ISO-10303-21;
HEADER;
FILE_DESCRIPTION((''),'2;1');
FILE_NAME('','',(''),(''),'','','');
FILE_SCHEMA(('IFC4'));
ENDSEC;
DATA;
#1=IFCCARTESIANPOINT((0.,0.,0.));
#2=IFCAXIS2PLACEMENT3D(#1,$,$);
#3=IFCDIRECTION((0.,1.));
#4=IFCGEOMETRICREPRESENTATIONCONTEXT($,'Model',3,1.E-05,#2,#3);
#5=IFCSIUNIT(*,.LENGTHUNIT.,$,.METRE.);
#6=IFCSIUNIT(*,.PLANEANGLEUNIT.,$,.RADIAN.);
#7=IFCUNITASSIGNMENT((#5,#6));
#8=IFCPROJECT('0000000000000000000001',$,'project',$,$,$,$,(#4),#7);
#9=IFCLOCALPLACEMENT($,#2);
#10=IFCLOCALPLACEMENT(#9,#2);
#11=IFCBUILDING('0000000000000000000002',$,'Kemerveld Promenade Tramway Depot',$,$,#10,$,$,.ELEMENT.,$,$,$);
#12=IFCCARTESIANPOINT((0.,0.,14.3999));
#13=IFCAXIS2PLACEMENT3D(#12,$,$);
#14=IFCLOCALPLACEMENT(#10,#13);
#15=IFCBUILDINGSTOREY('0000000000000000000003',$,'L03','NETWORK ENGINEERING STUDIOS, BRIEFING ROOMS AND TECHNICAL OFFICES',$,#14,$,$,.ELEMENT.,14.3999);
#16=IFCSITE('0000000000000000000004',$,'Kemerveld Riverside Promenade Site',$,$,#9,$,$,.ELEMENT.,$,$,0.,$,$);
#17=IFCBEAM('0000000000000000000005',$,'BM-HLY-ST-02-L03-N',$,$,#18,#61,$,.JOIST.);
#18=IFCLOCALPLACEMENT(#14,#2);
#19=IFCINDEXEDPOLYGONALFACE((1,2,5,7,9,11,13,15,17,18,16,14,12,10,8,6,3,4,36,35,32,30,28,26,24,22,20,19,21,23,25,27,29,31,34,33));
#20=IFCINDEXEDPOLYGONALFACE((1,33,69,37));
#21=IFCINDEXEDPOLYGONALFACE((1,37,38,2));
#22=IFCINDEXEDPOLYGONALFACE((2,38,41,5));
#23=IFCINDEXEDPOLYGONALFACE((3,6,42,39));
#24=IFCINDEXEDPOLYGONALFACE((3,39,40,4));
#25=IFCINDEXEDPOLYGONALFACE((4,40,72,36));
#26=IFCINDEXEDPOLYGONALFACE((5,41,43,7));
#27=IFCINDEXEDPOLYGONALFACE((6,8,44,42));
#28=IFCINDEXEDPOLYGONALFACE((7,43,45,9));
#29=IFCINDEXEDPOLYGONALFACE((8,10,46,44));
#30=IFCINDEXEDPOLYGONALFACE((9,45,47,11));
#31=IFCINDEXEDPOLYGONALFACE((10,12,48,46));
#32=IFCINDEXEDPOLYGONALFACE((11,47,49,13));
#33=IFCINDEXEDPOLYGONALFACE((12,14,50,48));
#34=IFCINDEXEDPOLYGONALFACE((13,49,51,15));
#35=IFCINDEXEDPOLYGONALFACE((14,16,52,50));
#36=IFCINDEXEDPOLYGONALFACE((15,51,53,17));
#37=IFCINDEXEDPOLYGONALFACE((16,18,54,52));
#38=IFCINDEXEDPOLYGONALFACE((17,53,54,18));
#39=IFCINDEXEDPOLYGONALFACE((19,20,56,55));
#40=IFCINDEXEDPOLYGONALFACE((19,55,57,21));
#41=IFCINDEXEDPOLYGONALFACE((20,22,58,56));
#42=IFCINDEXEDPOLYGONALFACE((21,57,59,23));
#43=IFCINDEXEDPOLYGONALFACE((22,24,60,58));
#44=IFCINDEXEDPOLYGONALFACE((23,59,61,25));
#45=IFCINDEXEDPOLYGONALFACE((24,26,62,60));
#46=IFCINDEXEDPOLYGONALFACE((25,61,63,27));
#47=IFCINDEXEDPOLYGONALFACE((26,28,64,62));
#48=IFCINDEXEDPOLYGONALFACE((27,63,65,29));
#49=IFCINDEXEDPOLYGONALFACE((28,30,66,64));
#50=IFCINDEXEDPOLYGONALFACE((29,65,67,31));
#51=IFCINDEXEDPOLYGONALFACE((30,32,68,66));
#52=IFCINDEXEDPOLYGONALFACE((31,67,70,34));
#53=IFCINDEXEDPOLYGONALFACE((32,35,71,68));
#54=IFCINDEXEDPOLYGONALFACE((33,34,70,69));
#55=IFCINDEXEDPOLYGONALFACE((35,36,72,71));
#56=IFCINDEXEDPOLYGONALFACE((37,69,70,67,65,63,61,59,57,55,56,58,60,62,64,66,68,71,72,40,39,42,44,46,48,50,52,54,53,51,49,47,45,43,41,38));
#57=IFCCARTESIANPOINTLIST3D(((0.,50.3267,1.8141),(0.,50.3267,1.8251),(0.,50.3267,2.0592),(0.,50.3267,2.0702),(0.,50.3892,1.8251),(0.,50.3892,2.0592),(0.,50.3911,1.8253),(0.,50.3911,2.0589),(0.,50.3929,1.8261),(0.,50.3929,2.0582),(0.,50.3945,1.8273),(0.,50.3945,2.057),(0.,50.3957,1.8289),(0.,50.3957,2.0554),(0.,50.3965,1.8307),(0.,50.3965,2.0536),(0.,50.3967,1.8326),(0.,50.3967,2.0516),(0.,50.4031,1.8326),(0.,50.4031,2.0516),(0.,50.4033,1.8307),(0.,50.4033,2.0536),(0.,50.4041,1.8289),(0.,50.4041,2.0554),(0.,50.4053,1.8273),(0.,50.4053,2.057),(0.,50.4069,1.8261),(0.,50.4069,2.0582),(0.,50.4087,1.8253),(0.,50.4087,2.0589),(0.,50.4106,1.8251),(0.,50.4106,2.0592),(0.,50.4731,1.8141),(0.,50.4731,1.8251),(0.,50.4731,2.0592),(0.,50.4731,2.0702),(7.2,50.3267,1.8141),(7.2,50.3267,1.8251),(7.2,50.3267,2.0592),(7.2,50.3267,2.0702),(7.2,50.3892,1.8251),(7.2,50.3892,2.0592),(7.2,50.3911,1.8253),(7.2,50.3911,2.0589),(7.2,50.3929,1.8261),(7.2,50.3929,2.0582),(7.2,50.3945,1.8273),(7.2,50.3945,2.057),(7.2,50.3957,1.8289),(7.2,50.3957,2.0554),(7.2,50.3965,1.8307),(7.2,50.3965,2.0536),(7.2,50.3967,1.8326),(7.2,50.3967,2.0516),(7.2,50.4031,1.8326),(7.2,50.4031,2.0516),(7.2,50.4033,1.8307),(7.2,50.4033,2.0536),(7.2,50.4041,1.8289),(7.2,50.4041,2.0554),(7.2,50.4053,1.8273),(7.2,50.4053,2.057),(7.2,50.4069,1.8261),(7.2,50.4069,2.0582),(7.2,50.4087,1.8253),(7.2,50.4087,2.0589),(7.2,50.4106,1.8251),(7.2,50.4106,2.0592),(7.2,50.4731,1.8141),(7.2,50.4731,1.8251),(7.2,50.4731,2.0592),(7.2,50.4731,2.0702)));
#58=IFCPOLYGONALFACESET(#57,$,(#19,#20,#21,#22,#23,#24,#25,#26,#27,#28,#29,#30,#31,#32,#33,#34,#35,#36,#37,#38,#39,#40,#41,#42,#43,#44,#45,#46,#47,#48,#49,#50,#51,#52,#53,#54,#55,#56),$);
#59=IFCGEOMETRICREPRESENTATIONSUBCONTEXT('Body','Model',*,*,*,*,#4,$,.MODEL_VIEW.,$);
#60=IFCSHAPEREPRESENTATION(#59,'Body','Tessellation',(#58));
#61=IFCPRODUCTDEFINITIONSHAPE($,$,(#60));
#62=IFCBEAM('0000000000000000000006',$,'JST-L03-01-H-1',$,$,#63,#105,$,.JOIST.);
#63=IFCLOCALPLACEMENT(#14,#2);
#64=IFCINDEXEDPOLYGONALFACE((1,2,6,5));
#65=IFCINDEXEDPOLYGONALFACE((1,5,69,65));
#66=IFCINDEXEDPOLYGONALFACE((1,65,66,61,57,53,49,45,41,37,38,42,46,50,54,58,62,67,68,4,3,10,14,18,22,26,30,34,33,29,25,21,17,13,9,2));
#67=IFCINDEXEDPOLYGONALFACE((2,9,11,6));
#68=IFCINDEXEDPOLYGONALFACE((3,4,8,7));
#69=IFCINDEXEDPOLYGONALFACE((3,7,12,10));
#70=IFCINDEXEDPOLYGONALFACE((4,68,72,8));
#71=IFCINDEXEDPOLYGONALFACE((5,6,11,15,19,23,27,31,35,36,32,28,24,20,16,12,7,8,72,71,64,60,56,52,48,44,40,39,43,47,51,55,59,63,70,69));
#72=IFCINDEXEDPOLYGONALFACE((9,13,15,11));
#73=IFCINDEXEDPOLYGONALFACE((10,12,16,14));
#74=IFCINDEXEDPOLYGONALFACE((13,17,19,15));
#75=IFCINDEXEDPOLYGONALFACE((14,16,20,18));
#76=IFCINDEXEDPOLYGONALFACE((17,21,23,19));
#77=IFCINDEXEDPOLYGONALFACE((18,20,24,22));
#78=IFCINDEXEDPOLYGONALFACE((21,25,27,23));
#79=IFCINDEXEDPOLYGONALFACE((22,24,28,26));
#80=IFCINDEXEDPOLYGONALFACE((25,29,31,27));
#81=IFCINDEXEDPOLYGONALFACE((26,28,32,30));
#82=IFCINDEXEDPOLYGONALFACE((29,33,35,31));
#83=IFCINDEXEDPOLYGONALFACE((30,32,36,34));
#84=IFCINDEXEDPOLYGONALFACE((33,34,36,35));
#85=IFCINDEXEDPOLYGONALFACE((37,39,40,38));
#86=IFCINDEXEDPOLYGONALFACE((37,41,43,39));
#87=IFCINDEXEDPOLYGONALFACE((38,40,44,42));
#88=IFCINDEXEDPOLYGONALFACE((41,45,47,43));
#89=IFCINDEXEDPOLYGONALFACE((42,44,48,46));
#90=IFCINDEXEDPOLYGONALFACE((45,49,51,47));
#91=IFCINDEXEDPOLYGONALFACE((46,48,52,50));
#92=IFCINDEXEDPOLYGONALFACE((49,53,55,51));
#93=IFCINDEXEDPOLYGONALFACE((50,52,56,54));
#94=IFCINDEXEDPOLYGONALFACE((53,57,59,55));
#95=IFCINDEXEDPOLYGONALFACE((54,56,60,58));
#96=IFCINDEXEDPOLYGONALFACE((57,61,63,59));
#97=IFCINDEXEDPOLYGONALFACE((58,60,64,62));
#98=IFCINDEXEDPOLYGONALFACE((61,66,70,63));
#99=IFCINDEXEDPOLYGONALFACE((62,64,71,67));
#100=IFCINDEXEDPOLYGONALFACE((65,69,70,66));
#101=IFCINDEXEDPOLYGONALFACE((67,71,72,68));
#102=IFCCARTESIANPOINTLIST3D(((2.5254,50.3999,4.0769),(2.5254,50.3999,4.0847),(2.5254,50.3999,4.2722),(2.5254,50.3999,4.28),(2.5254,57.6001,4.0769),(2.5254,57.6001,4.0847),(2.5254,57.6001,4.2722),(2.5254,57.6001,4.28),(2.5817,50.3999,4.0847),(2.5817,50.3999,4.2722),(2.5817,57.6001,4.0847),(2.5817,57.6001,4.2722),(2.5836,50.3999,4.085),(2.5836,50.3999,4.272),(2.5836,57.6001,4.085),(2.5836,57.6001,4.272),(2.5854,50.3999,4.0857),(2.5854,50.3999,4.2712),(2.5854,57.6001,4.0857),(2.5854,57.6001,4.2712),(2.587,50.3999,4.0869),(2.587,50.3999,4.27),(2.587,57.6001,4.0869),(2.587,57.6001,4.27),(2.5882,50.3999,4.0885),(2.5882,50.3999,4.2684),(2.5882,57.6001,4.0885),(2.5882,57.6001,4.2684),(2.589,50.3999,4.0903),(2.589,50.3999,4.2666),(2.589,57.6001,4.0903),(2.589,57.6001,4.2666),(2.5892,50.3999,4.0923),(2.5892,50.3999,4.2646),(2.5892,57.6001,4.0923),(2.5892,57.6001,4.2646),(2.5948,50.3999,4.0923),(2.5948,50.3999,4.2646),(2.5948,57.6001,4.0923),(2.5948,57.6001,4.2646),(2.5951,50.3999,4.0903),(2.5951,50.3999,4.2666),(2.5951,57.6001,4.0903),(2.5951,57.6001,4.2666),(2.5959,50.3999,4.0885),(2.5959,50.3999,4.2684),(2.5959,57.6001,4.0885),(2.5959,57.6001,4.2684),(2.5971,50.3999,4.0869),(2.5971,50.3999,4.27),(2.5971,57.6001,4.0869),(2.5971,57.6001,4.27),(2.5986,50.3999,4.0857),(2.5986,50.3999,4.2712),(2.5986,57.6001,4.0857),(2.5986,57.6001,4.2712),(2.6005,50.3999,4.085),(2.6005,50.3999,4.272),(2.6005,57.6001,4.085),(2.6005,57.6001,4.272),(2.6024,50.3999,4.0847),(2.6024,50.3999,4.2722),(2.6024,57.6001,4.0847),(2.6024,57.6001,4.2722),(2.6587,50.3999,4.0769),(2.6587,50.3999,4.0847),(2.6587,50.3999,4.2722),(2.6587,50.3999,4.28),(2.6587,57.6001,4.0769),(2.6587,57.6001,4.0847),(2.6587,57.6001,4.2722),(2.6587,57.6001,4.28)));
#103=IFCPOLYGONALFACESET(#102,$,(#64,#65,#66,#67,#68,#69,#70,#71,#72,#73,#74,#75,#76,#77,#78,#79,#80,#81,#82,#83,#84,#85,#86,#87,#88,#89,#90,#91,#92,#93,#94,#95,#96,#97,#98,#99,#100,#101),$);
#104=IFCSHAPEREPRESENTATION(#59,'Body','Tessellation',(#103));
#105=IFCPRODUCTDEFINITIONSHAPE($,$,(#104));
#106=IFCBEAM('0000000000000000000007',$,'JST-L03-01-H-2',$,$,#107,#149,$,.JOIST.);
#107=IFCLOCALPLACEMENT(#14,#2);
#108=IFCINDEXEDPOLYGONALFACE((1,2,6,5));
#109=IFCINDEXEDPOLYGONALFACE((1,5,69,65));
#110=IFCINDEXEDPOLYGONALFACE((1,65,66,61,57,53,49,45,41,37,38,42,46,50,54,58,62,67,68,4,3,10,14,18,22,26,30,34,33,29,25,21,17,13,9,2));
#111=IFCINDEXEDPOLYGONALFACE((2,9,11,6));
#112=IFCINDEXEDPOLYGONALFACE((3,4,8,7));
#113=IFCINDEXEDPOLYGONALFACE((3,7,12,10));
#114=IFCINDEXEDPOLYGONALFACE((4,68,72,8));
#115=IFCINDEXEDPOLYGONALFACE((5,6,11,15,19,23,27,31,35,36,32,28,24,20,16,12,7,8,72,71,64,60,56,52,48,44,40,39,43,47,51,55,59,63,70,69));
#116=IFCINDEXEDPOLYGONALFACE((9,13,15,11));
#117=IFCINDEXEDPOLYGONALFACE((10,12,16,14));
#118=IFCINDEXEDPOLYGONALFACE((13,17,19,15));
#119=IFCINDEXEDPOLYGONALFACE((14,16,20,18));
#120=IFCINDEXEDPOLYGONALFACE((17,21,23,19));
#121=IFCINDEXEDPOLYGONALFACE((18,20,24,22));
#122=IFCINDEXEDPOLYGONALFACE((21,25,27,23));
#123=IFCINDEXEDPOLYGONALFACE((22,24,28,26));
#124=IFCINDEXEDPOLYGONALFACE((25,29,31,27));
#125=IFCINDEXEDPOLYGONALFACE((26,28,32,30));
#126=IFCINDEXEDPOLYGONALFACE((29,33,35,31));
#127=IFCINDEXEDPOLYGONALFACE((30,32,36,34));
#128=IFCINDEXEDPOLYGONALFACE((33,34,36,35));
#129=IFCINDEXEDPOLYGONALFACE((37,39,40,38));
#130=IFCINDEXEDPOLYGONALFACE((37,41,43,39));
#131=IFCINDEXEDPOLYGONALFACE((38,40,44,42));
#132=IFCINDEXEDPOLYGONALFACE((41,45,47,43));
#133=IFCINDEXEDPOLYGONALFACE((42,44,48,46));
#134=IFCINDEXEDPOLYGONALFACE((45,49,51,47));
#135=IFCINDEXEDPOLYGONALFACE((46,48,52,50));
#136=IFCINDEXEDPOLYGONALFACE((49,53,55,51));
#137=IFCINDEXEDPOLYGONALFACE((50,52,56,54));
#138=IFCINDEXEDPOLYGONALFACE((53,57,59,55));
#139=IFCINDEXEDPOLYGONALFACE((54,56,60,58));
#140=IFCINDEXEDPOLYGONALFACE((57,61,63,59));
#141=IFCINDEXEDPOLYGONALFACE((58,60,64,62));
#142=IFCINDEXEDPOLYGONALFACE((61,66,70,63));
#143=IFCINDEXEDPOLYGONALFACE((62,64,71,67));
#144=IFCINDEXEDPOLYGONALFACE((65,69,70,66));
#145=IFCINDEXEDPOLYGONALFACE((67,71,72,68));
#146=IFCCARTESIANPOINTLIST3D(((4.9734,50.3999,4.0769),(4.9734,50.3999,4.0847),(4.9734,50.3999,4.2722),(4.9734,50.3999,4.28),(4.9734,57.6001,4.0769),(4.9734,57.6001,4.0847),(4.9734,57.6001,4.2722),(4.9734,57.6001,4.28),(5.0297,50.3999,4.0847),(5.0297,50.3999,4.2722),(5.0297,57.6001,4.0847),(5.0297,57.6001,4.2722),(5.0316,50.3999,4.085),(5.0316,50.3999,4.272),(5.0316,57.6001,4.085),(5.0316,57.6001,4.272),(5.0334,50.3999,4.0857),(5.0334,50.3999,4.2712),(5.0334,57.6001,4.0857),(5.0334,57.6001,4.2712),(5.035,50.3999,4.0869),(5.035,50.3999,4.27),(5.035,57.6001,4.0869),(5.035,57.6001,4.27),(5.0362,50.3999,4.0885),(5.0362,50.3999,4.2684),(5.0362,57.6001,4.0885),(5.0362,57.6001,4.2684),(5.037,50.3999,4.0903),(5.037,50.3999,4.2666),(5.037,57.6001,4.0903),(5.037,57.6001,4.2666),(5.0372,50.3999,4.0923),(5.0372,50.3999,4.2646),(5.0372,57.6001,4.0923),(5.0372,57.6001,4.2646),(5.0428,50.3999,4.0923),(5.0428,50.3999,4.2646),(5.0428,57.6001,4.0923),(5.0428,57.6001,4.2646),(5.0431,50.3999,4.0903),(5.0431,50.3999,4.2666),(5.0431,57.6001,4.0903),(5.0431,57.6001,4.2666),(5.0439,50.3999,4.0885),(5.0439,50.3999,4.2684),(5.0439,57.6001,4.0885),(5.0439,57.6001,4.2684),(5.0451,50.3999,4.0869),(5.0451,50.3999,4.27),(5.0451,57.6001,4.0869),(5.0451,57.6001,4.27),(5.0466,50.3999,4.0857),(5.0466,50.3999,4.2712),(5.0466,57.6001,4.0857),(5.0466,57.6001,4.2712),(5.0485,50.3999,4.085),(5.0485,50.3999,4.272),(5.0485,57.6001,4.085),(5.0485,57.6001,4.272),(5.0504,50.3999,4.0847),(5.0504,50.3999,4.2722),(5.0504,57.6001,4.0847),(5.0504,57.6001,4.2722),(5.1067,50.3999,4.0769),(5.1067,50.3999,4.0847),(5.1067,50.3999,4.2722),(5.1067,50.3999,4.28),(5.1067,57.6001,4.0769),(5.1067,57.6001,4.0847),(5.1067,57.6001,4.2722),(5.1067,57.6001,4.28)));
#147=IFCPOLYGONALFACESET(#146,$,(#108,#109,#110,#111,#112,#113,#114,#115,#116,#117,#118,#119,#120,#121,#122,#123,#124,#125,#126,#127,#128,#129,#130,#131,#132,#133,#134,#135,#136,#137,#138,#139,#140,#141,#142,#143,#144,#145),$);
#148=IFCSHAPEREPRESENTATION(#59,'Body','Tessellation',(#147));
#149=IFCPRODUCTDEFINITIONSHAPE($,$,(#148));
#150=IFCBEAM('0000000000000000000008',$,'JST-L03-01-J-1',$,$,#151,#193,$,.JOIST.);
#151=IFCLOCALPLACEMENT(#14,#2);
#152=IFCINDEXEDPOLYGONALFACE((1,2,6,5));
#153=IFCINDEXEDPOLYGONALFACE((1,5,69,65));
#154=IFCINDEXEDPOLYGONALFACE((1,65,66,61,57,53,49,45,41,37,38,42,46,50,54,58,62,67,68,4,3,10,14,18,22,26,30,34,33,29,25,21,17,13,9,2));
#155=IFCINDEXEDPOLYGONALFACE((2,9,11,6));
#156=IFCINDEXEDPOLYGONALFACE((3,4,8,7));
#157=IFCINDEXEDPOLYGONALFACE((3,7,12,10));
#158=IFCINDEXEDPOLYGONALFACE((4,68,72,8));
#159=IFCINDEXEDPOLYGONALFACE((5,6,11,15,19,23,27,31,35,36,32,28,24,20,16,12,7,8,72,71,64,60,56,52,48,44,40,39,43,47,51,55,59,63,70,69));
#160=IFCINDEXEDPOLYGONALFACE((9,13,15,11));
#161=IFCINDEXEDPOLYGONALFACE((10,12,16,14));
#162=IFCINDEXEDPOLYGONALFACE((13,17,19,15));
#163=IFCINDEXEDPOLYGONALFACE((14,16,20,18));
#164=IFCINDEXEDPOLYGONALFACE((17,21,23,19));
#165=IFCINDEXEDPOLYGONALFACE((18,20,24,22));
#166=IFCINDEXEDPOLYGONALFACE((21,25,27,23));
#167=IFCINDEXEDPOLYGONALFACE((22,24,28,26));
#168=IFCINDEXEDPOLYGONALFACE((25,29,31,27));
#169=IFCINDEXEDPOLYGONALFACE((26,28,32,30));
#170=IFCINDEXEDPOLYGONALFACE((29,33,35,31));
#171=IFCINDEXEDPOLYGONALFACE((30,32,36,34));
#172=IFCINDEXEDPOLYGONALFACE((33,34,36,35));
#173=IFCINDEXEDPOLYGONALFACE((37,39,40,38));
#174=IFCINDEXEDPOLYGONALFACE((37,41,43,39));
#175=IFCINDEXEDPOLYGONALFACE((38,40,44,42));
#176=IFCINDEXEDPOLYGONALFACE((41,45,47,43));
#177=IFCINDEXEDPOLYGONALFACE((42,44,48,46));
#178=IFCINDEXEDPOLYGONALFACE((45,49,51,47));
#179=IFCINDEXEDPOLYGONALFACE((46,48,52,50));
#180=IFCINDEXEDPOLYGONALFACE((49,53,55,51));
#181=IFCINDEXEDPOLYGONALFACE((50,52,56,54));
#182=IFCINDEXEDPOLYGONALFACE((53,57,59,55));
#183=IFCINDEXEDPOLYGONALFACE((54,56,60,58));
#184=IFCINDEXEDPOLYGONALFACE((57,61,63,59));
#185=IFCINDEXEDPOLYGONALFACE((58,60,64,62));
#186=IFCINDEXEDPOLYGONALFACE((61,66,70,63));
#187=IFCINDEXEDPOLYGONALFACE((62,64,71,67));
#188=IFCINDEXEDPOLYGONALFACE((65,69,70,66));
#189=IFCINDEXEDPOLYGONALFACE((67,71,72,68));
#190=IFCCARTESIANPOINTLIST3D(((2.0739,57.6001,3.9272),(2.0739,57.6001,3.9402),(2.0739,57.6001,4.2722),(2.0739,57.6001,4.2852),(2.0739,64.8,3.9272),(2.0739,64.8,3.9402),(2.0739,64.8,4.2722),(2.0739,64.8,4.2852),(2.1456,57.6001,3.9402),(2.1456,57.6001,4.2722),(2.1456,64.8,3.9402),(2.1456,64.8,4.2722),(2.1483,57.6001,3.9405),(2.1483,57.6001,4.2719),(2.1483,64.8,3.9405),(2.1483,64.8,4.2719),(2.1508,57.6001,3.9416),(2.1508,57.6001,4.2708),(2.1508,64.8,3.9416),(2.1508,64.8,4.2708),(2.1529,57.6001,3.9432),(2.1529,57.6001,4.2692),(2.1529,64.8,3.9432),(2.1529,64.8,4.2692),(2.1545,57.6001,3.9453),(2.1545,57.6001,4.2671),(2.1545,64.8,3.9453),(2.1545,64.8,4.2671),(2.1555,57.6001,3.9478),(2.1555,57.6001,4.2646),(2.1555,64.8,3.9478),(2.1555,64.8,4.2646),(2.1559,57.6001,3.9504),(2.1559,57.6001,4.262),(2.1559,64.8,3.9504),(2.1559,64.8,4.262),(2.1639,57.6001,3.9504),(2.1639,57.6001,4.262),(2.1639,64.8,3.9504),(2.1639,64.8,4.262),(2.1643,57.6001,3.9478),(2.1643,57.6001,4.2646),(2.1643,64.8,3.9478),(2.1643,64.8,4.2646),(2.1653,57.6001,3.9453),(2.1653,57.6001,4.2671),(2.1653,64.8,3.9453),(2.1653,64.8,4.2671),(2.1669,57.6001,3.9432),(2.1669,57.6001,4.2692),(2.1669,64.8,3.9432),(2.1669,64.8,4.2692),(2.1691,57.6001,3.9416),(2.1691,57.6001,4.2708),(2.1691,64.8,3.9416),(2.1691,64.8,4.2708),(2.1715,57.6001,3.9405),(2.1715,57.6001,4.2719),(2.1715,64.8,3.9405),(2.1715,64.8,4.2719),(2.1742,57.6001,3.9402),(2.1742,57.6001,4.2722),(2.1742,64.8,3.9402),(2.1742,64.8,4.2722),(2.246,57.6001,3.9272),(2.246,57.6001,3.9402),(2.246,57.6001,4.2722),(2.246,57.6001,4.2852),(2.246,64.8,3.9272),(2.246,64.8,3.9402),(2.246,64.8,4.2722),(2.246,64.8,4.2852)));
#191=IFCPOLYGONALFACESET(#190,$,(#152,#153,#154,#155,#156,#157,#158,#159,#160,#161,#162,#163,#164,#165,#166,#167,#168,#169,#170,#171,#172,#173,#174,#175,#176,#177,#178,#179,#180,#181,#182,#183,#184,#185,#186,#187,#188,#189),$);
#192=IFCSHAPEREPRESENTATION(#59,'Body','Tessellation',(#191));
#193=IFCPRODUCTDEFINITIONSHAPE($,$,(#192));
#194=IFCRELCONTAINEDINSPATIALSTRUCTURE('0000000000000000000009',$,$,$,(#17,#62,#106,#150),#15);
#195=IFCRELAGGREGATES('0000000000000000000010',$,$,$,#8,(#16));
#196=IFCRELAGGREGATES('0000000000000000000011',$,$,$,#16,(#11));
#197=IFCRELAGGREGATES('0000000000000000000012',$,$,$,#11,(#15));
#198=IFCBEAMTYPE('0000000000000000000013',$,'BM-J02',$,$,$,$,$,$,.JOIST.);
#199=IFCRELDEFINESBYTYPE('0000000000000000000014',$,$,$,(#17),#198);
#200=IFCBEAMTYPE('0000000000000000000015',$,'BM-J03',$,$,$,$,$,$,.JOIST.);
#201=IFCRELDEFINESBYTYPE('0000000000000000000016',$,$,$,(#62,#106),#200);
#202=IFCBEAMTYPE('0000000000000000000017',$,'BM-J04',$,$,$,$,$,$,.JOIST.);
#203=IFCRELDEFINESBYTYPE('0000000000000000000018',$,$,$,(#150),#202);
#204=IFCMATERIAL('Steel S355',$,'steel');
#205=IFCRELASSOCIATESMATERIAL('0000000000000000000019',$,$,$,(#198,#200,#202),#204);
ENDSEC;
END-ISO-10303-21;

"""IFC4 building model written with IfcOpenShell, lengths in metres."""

from ifc_helpers import new_model, si_unit, direction, frame, origin, origin_2d, place, context, subcontext, project, spatial, i_section, extrude, material, material_profile, profile_set, type_object, element, save


model = new_model("IFC4")

# Units and contexts
model_context = context("Model", 3, precision=1e-05, world=origin(), true_north=direction((0.0, 1.0)))
body_context = subcontext(model_context, "Body", "Model", "MODEL_VIEW")
ifc_project = project(units=[si_unit("LENGTHUNIT", "METRE"), si_unit("PLANEANGLEUNIT", "RADIAN")], contexts=[model_context])

# Site, building, storey
site_placement = place(None, origin())
site = spatial("IfcSite", under=ifc_project, at=site_placement, Name="Kemerveld Riverside Promenade Site", CompositionType="ELEMENT", RefElevation=0.0)
building_placement = place(site_placement, origin())
building = spatial("IfcBuilding", under=site, at=building_placement, Name="Kemerveld Promenade Tramway Depot", CompositionType="ELEMENT")
storey_placement = place(building_placement, frame((0.0, 0.0, 14.3999)))
storey = spatial("IfcBuildingStorey", under=building, at=storey_placement, Name="L03", Description="NETWORK ENGINEERING STUDIOS, BRIEFING ROOMS AND TECHNICAL OFFICES", CompositionType="ELEMENT", Elevation=14.3999)

# Shared definitions
ifc_material_1 = material(Name="Steel S355", Category="steel")

# Beams
ifc_material_profile_1 = material_profile(ifc_material_1, i_section(OverallWidth=0.1465, OverallDepth=0.2561, WebThickness=0.0063, FlangeThickness=0.011, FilletRadius=0.0076, at=origin_2d()), Name="254x146x37 UB")
ifc_profile_set_1 = profile_set([ifc_material_profile_1], Name="Steel S355")
beam_type_1 = type_object("IfcBeamType", Name="BM-J02", PredefinedType="JOIST", material=ifc_profile_set_1)
beam_1_placement = place(storey_placement, frame((0.0, 50.3999, 1.9421), z_axis=(1.0, 0.0, 0.0), x_axis=(0.0, 1.0, 0.0)))
element("IfcBeam", 1, at=beam_1_placement, inside=storey, type_object=beam_type_1, Name="BM-HLY-ST-02-L03-N", PredefinedType="JOIST", context=body_context, shape_type="SweptSolid", body=[
    extrude(i_section(OverallWidth=0.1465, OverallDepth=0.2561, WebThickness=0.0063, FlangeThickness=0.011, FilletRadius=0.0076, at=origin_2d()), origin(), (0.0, 0.0, 1.0), 7.2),
])
ifc_material_profile_2 = material_profile(ifc_material_1, i_section(OverallWidth=0.1333, OverallDepth=0.2031, WebThickness=0.0056, FlangeThickness=0.0078, FilletRadius=0.0076, at=origin_2d()), Name="203x133x25 UB")
ifc_profile_set_2 = profile_set([ifc_material_profile_2], Name="Steel S355")
beam_type_2 = type_object("IfcBeamType", Name="BM-J03", PredefinedType="JOIST", material=ifc_profile_set_2)
for number, where, z_axis, x_axis, name in (
    (2, (2.592, 50.3999, 4.1785), (0.0, 1.0, 0.0), (-1.0, 0.0, 0.0), "JST-L03-01-H-1"),
    (3, (5.04, 50.3999, 4.1785), (0.0, 1.0, 0.0), (-1.0, 0.0, 0.0), "JST-L03-01-H-2"),
):
    element("IfcBeam", number, at=place(storey_placement, frame(where, z_axis=z_axis, x_axis=x_axis)), inside=storey, type_object=beam_type_2, Name=name, PredefinedType="JOIST", context=body_context, shape_type="SweptSolid", body=[
        extrude(i_section(OverallWidth=0.1333, OverallDepth=0.2031, WebThickness=0.0056, FlangeThickness=0.0078, FilletRadius=0.0076, at=origin_2d()), origin(), (0.0, 0.0, 1.0), 7.2002),
    ])
ifc_material_profile_3 = material_profile(ifc_material_1, i_section(OverallWidth=0.1721, OverallDepth=0.3579, WebThickness=0.0081, FlangeThickness=0.0129, FilletRadius=0.0103, at=origin_2d()), Name="356x171x57 UB")
ifc_profile_set_3 = profile_set([ifc_material_profile_3], Name="Steel S355")
beam_type_3 = type_object("IfcBeamType", Name="BM-J04", PredefinedType="JOIST", material=ifc_profile_set_3)
beam_2_placement = place(storey_placement, frame((2.1599, 57.6001, 4.1062), z_axis=(0.0, 1.0, 0.0), x_axis=(-1.0, 0.0, 0.0)))
element("IfcBeam", 4, at=beam_2_placement, inside=storey, type_object=beam_type_3, Name="JST-L03-01-J-1", PredefinedType="JOIST", context=body_context, shape_type="SweptSolid", body=[
    extrude(i_section(OverallWidth=0.1721, OverallDepth=0.3579, WebThickness=0.0081, FlangeThickness=0.0129, FilletRadius=0.0103, at=origin_2d()), origin(), (0.0, 0.0, 1.0), 7.2),
])

save(model, "model.ifc")
